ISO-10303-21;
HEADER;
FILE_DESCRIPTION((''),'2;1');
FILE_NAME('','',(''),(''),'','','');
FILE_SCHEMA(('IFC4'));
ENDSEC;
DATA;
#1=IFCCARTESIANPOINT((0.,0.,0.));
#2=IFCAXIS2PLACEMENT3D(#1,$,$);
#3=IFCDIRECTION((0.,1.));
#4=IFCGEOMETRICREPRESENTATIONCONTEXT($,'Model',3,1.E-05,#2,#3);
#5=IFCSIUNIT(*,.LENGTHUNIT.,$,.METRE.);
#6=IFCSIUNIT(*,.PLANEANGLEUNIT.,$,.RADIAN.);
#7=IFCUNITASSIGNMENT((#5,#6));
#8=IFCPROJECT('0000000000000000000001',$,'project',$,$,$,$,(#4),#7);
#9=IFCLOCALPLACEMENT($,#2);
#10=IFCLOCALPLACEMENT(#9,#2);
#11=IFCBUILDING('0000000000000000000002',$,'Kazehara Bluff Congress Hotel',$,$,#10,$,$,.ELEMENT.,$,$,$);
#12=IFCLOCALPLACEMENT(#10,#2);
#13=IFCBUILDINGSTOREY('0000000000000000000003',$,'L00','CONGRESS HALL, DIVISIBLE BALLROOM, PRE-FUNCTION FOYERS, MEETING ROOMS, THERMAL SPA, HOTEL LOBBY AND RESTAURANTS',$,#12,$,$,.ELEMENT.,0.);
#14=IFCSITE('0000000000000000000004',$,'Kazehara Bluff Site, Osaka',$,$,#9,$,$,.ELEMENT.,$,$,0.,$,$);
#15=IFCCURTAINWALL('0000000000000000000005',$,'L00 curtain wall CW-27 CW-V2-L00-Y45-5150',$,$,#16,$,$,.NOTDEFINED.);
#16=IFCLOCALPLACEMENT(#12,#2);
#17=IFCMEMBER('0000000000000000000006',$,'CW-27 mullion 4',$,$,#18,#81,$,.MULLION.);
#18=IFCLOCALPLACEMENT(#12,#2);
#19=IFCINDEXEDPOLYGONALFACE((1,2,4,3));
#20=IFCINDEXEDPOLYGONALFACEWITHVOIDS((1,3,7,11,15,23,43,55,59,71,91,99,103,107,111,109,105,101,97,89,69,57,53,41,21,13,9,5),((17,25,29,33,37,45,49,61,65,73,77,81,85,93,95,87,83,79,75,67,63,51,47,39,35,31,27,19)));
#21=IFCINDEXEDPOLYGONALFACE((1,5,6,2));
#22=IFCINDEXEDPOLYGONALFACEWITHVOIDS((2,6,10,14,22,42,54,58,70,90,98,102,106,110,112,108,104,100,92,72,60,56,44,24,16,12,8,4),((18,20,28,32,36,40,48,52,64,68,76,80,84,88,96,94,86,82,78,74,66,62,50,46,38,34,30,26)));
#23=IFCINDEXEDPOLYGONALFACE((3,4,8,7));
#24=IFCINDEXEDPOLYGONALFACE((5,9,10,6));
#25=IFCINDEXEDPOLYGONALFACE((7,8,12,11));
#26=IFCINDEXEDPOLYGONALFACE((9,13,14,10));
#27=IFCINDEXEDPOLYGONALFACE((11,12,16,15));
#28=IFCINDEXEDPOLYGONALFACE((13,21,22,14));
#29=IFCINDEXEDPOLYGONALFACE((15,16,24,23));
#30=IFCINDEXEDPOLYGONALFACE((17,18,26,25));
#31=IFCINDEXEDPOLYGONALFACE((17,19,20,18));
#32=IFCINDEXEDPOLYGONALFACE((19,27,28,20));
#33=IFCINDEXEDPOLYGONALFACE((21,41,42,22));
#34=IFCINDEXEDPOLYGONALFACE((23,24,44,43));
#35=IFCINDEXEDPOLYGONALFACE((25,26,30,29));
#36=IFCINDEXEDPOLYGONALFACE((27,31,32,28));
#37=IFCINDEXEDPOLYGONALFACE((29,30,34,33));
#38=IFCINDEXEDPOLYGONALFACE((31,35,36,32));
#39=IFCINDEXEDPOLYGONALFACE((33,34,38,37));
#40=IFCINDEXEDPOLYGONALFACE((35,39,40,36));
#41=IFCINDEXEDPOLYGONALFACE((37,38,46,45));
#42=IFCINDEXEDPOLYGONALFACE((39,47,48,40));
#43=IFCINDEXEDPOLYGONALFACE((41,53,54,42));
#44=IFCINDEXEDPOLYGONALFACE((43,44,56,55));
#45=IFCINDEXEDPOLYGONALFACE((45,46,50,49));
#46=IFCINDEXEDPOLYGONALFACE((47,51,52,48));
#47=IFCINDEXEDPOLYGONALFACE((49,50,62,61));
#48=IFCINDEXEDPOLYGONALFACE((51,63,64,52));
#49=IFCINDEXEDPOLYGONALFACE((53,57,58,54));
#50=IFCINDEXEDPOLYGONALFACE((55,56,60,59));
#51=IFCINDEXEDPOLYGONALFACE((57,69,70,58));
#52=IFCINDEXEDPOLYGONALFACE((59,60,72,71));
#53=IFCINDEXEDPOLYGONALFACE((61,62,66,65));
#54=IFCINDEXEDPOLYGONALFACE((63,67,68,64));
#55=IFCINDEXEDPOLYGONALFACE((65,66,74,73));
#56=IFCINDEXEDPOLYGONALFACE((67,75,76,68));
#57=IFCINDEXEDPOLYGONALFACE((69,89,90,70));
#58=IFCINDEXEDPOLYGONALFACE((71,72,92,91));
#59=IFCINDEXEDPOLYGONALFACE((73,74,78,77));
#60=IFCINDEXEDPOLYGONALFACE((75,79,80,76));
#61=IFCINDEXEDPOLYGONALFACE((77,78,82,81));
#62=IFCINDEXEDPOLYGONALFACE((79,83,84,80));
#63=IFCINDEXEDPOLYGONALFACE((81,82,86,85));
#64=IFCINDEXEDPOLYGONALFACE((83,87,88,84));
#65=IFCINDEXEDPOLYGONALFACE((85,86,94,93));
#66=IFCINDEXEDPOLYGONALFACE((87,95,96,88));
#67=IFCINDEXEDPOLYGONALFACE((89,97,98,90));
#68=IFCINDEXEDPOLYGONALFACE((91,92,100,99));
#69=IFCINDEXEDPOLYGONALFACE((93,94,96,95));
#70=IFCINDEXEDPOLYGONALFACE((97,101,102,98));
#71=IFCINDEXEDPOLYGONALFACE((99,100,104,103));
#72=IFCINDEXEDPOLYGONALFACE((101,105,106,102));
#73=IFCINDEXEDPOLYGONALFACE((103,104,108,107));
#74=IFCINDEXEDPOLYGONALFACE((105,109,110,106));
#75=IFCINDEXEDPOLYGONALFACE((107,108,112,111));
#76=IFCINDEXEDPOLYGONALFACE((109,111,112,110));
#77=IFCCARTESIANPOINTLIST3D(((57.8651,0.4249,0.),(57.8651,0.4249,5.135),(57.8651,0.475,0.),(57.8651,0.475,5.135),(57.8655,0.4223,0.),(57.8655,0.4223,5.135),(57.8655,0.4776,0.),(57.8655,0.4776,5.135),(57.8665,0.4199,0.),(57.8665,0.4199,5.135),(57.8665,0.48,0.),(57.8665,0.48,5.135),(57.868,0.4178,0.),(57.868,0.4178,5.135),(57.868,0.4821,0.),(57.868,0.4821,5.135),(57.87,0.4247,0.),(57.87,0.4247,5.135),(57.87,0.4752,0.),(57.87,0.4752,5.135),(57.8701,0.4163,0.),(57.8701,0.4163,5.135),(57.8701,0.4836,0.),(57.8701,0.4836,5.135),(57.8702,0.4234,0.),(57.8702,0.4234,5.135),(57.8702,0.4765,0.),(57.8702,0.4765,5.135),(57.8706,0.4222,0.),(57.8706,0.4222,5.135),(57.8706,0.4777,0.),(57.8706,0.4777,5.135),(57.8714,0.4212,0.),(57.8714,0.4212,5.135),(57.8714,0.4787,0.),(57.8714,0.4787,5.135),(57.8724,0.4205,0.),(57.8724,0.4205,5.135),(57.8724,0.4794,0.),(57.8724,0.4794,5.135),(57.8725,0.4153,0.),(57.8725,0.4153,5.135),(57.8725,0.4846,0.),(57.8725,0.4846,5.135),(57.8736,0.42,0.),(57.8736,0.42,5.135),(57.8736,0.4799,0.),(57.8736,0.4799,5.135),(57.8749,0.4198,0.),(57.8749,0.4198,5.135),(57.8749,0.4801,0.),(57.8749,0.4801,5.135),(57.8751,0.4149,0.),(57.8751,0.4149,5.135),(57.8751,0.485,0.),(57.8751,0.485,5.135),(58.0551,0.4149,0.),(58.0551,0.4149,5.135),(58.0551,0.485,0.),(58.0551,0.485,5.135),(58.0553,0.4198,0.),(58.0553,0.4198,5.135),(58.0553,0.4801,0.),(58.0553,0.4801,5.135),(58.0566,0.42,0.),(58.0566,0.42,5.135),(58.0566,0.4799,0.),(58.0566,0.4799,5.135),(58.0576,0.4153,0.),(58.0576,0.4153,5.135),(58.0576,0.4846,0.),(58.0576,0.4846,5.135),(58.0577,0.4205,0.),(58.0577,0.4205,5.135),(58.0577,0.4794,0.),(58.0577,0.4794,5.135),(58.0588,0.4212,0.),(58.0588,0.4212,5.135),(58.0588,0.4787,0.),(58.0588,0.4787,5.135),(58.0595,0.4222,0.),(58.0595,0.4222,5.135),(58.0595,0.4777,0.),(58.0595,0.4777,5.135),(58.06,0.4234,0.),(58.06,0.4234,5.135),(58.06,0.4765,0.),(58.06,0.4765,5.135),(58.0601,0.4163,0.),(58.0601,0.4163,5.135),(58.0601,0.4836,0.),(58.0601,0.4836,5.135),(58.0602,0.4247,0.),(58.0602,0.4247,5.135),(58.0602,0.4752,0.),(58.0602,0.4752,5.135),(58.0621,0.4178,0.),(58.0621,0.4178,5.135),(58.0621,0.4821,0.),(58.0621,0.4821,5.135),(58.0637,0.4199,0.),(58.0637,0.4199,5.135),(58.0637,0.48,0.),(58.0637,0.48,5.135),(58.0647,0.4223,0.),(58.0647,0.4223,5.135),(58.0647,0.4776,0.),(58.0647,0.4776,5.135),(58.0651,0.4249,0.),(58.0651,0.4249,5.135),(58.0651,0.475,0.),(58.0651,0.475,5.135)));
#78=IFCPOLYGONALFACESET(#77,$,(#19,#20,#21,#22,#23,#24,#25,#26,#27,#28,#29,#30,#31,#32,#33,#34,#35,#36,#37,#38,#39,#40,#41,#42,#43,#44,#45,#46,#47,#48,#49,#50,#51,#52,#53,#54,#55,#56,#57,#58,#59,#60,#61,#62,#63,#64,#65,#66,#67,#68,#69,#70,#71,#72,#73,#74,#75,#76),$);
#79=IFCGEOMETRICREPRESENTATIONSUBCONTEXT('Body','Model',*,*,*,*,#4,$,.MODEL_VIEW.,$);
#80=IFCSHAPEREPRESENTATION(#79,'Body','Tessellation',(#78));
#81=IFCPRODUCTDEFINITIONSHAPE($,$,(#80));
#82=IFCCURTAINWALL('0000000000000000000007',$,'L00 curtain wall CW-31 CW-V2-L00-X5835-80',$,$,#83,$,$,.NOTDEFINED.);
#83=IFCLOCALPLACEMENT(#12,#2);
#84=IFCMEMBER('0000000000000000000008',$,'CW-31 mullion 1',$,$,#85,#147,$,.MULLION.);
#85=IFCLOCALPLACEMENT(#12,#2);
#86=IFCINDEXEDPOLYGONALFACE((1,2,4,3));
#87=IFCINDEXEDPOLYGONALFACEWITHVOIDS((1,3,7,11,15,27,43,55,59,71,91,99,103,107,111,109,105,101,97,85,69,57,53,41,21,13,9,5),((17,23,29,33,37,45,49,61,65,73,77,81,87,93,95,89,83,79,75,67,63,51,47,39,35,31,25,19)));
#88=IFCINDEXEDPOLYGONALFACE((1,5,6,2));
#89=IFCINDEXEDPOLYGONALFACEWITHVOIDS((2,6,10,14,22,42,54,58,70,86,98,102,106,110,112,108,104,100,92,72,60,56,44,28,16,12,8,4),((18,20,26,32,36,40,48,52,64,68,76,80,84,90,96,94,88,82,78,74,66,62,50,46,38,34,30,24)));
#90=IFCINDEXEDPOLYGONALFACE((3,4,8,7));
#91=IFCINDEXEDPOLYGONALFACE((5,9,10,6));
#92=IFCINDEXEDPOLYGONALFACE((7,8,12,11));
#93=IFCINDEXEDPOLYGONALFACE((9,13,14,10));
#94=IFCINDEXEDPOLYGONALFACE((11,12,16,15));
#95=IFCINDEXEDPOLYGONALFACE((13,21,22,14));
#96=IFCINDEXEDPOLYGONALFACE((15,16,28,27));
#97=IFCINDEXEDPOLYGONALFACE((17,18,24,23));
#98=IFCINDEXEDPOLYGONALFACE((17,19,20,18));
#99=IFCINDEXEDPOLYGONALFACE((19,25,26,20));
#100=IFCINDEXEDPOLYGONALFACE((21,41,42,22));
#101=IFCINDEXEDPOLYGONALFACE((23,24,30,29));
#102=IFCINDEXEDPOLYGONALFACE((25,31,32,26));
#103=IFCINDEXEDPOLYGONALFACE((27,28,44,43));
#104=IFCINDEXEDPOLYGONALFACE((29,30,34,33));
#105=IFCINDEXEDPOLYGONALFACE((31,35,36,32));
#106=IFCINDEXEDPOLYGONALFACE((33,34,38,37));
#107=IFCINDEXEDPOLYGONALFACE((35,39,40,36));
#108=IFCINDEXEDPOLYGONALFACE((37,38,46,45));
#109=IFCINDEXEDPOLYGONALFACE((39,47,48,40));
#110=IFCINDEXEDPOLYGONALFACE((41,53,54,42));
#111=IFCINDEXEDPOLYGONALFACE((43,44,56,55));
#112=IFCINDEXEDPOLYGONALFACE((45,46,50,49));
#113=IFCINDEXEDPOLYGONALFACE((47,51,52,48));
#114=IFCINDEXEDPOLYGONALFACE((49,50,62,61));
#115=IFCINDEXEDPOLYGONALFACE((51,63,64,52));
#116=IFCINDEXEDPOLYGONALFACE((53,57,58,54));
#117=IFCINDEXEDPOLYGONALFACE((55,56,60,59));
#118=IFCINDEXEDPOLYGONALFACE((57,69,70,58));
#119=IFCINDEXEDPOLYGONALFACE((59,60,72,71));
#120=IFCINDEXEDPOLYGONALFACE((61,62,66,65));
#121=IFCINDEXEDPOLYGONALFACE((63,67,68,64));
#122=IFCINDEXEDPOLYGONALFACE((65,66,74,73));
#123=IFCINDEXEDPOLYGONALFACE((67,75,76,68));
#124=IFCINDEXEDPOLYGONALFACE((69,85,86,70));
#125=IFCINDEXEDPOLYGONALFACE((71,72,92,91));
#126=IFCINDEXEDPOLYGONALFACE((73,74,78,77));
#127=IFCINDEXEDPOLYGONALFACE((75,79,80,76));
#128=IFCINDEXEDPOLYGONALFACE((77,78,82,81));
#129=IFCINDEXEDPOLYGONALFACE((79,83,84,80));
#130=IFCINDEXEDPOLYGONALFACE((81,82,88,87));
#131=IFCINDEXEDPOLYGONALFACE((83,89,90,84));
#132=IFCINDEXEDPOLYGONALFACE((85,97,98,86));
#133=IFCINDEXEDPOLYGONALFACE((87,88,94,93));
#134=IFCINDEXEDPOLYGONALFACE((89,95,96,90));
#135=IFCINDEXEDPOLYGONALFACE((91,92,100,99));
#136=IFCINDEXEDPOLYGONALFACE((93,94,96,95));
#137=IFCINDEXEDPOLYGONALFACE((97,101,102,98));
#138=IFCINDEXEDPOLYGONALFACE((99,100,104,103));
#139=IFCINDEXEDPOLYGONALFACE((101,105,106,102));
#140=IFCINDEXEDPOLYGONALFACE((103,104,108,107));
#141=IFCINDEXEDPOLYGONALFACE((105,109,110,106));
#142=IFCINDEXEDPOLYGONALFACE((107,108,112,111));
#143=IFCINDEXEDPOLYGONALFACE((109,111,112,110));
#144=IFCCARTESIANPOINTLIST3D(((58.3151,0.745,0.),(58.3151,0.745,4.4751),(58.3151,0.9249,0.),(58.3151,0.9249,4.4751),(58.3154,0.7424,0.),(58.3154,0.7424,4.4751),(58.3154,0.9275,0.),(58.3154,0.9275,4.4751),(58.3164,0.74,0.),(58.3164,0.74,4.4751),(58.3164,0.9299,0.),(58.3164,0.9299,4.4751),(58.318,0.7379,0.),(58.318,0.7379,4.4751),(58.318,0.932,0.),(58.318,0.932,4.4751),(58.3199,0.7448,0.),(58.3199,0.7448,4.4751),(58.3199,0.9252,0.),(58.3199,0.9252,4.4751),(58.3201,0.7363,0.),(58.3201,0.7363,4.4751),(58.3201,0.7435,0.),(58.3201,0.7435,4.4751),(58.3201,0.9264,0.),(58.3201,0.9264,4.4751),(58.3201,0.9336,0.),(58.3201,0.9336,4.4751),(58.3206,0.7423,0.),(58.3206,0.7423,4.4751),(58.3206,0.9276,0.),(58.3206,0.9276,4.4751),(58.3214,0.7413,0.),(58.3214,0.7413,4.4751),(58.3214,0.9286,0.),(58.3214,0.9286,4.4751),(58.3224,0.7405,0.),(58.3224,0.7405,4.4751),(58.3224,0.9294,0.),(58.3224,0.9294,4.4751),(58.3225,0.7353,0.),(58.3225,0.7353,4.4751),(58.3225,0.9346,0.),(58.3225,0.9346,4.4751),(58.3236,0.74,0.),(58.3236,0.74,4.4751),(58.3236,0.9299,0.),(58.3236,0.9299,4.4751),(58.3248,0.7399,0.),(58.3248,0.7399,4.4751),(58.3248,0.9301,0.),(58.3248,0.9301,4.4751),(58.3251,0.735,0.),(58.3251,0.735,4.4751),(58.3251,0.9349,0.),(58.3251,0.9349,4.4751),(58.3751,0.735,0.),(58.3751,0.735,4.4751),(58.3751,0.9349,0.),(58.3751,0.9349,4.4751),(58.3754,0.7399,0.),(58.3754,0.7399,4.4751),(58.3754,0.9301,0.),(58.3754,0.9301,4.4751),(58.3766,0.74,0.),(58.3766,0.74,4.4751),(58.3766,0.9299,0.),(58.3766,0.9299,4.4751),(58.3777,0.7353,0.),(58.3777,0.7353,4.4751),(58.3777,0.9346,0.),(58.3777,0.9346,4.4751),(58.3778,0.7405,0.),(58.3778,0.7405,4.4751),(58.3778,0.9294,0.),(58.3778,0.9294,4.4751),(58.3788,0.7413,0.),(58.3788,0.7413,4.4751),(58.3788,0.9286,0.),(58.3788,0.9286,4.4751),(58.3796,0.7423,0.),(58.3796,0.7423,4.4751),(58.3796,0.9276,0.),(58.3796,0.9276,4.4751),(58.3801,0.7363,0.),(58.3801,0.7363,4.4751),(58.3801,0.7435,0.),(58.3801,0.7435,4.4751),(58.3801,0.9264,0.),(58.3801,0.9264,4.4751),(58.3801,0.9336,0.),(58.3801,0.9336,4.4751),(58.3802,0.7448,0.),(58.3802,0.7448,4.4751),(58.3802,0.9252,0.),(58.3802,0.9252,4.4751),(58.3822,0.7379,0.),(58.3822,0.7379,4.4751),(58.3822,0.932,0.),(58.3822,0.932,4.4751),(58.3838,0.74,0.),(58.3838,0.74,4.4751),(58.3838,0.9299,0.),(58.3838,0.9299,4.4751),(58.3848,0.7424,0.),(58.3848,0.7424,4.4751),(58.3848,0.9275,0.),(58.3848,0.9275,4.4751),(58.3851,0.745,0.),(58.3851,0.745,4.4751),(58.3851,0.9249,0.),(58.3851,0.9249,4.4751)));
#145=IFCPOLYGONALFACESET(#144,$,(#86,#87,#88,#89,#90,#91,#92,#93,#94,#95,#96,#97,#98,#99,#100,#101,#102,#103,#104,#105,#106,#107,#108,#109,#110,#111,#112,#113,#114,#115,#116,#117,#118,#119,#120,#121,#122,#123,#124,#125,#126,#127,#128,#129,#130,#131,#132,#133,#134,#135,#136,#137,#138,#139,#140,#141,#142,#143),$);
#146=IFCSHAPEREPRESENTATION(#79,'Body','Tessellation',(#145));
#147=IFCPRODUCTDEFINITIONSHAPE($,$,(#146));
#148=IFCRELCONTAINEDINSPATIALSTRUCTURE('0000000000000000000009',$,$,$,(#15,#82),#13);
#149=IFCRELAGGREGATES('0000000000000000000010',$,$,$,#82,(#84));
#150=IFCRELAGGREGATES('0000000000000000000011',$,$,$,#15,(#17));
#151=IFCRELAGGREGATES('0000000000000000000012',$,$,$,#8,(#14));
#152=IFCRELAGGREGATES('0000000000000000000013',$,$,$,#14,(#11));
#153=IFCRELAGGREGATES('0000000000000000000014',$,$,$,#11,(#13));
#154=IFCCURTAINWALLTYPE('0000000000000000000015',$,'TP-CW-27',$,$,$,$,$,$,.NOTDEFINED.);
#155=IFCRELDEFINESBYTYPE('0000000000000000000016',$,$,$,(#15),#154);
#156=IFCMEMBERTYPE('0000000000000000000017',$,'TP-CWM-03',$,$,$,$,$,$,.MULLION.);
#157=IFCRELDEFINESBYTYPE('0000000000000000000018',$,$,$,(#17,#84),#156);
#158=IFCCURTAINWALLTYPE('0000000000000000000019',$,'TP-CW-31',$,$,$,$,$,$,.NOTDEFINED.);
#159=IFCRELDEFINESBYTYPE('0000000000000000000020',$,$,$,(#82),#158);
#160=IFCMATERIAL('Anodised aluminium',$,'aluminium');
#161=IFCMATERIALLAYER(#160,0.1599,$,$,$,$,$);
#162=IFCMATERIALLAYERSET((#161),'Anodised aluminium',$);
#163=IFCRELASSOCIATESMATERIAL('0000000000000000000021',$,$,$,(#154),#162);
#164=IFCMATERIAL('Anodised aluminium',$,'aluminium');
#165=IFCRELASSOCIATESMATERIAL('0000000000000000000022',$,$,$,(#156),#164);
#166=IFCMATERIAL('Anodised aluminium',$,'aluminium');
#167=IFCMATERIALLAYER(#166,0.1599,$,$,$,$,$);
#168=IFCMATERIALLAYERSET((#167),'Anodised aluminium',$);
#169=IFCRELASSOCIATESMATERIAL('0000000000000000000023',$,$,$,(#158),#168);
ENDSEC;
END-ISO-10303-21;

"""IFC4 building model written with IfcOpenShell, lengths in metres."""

from ifc_helpers import new_model, si_unit, direction, frame, origin, origin_2d, place, context, subcontext, project, spatial, hollow_rectangle, extrude, material, layer, layer_set, material_profile, profile_set, type_object, element, aggregate, save


model = new_model("IFC4")

# Units and contexts
model_context = context("Model", 3, precision=1e-05, world=origin(), true_north=direction((0.0, 1.0)))
body_context = subcontext(model_context, "Body", "Model", "MODEL_VIEW")
ifc_project = project(units=[si_unit("LENGTHUNIT", "METRE"), si_unit("PLANEANGLEUNIT", "RADIAN")], contexts=[model_context])

# Site, building, storey
site_placement = place(None, origin())
site = spatial("IfcSite", under=ifc_project, at=site_placement, Name="Kazehara Bluff Site, Osaka", CompositionType="ELEMENT", RefElevation=0.0)
building_placement = place(site_placement, origin())
building = spatial("IfcBuilding", under=site, at=building_placement, Name="Kazehara Bluff Congress Hotel", CompositionType="ELEMENT")
storey_placement = place(building_placement, origin())
storey = spatial("IfcBuildingStorey", under=building, at=storey_placement, Name="L00", Description="CONGRESS HALL, DIVISIBLE BALLROOM, PRE-FUNCTION FOYERS, MEETING ROOMS, THERMAL SPA, HOTEL LOBBY AND RESTAURANTS", CompositionType="ELEMENT", Elevation=0.0)

# Curtain wall, member
ifc_material_1 = material(Name="Anodised aluminium", Category="aluminium")
ifc_layer_1 = layer(ifc_material_1, 0.1599)
ifc_layer_set_1 = layer_set([ifc_layer_1], Name="Anodised aluminium")
curtain_wall_type_1 = type_object("IfcCurtainWallType", Name="TP-CW-27", PredefinedType="NOTDEFINED", material=ifc_layer_set_1)
curtain_wall_1_placement = place(storey_placement, origin())
curtain_wall_1 = element("IfcCurtainWall", 1, at=curtain_wall_1_placement, inside=storey, type_object=curtain_wall_type_1, Name="L00 curtain wall CW-27 CW-V2-L00-Y45-5150", PredefinedType="NOTDEFINED")
ifc_material_2 = material(Name="Anodised aluminium", Category="aluminium")
ifc_material_profile_1 = material_profile(ifc_material_2, hollow_rectangle(XDim=0.0701, YDim=0.2, WallThickness=0.0049, InnerFilletRadius=0.0049, OuterFilletRadius=0.01, at=origin_2d()))
ifc_profile_set_1 = profile_set([ifc_material_profile_1], Name="Anodised aluminium")
member_type_1 = type_object("IfcMemberType", Name="TP-CWM-03", PredefinedType="MULLION", material=ifc_profile_set_1)
member_1_placement = place(storey_placement, frame((57.9651, 0.45, 0.0), z_axis=(0.0, 0.0, 1.0), x_axis=(0.0, 1.0, 0.0)))
member_1 = element("IfcMember", 2, at=member_1_placement, type_object=member_type_1, Name="CW-27 mullion 4", PredefinedType="MULLION", context=body_context, shape_type="SweptSolid", body=[
    extrude(hollow_rectangle(XDim=0.0701, YDim=0.2, WallThickness=0.0049, InnerFilletRadius=0.0049, OuterFilletRadius=0.01, at=origin_2d()), origin(), (0.0, 0.0, 1.0), 5.135),
])

# Curtain wall, member
ifc_material_3 = material(Name="Anodised aluminium", Category="aluminium")
ifc_layer_2 = layer(ifc_material_3, 0.1599)
ifc_layer_set_2 = layer_set([ifc_layer_2], Name="Anodised aluminium")
curtain_wall_type_2 = type_object("IfcCurtainWallType", Name="TP-CW-31", PredefinedType="NOTDEFINED", material=ifc_layer_set_2)
curtain_wall_2_placement = place(storey_placement, origin())
curtain_wall_2 = element("IfcCurtainWall", 3, at=curtain_wall_2_placement, inside=storey, type_object=curtain_wall_type_2, Name="L00 curtain wall CW-31 CW-V2-L00-X5835-80", PredefinedType="NOTDEFINED")
member_2_placement = place(storey_placement, frame((58.3501, 0.835, 0.0), z_axis=(0.0, 0.0, 1.0), x_axis=(-1.0, 0.0, 0.0)))
member_2 = element("IfcMember", 4, at=member_2_placement, type_object=member_type_1, Name="CW-31 mullion 1", PredefinedType="MULLION", context=body_context, shape_type="SweptSolid", body=[
    extrude(hollow_rectangle(XDim=0.0701, YDim=0.2, WallThickness=0.0049, InnerFilletRadius=0.0049, OuterFilletRadius=0.01, at=origin_2d()), origin(), (0.0, 0.0, 1.0), 4.4751),
])

aggregate(curtain_wall_2, [member_2])

aggregate(curtain_wall_1, [member_1])

save(model, "model.ifc")
